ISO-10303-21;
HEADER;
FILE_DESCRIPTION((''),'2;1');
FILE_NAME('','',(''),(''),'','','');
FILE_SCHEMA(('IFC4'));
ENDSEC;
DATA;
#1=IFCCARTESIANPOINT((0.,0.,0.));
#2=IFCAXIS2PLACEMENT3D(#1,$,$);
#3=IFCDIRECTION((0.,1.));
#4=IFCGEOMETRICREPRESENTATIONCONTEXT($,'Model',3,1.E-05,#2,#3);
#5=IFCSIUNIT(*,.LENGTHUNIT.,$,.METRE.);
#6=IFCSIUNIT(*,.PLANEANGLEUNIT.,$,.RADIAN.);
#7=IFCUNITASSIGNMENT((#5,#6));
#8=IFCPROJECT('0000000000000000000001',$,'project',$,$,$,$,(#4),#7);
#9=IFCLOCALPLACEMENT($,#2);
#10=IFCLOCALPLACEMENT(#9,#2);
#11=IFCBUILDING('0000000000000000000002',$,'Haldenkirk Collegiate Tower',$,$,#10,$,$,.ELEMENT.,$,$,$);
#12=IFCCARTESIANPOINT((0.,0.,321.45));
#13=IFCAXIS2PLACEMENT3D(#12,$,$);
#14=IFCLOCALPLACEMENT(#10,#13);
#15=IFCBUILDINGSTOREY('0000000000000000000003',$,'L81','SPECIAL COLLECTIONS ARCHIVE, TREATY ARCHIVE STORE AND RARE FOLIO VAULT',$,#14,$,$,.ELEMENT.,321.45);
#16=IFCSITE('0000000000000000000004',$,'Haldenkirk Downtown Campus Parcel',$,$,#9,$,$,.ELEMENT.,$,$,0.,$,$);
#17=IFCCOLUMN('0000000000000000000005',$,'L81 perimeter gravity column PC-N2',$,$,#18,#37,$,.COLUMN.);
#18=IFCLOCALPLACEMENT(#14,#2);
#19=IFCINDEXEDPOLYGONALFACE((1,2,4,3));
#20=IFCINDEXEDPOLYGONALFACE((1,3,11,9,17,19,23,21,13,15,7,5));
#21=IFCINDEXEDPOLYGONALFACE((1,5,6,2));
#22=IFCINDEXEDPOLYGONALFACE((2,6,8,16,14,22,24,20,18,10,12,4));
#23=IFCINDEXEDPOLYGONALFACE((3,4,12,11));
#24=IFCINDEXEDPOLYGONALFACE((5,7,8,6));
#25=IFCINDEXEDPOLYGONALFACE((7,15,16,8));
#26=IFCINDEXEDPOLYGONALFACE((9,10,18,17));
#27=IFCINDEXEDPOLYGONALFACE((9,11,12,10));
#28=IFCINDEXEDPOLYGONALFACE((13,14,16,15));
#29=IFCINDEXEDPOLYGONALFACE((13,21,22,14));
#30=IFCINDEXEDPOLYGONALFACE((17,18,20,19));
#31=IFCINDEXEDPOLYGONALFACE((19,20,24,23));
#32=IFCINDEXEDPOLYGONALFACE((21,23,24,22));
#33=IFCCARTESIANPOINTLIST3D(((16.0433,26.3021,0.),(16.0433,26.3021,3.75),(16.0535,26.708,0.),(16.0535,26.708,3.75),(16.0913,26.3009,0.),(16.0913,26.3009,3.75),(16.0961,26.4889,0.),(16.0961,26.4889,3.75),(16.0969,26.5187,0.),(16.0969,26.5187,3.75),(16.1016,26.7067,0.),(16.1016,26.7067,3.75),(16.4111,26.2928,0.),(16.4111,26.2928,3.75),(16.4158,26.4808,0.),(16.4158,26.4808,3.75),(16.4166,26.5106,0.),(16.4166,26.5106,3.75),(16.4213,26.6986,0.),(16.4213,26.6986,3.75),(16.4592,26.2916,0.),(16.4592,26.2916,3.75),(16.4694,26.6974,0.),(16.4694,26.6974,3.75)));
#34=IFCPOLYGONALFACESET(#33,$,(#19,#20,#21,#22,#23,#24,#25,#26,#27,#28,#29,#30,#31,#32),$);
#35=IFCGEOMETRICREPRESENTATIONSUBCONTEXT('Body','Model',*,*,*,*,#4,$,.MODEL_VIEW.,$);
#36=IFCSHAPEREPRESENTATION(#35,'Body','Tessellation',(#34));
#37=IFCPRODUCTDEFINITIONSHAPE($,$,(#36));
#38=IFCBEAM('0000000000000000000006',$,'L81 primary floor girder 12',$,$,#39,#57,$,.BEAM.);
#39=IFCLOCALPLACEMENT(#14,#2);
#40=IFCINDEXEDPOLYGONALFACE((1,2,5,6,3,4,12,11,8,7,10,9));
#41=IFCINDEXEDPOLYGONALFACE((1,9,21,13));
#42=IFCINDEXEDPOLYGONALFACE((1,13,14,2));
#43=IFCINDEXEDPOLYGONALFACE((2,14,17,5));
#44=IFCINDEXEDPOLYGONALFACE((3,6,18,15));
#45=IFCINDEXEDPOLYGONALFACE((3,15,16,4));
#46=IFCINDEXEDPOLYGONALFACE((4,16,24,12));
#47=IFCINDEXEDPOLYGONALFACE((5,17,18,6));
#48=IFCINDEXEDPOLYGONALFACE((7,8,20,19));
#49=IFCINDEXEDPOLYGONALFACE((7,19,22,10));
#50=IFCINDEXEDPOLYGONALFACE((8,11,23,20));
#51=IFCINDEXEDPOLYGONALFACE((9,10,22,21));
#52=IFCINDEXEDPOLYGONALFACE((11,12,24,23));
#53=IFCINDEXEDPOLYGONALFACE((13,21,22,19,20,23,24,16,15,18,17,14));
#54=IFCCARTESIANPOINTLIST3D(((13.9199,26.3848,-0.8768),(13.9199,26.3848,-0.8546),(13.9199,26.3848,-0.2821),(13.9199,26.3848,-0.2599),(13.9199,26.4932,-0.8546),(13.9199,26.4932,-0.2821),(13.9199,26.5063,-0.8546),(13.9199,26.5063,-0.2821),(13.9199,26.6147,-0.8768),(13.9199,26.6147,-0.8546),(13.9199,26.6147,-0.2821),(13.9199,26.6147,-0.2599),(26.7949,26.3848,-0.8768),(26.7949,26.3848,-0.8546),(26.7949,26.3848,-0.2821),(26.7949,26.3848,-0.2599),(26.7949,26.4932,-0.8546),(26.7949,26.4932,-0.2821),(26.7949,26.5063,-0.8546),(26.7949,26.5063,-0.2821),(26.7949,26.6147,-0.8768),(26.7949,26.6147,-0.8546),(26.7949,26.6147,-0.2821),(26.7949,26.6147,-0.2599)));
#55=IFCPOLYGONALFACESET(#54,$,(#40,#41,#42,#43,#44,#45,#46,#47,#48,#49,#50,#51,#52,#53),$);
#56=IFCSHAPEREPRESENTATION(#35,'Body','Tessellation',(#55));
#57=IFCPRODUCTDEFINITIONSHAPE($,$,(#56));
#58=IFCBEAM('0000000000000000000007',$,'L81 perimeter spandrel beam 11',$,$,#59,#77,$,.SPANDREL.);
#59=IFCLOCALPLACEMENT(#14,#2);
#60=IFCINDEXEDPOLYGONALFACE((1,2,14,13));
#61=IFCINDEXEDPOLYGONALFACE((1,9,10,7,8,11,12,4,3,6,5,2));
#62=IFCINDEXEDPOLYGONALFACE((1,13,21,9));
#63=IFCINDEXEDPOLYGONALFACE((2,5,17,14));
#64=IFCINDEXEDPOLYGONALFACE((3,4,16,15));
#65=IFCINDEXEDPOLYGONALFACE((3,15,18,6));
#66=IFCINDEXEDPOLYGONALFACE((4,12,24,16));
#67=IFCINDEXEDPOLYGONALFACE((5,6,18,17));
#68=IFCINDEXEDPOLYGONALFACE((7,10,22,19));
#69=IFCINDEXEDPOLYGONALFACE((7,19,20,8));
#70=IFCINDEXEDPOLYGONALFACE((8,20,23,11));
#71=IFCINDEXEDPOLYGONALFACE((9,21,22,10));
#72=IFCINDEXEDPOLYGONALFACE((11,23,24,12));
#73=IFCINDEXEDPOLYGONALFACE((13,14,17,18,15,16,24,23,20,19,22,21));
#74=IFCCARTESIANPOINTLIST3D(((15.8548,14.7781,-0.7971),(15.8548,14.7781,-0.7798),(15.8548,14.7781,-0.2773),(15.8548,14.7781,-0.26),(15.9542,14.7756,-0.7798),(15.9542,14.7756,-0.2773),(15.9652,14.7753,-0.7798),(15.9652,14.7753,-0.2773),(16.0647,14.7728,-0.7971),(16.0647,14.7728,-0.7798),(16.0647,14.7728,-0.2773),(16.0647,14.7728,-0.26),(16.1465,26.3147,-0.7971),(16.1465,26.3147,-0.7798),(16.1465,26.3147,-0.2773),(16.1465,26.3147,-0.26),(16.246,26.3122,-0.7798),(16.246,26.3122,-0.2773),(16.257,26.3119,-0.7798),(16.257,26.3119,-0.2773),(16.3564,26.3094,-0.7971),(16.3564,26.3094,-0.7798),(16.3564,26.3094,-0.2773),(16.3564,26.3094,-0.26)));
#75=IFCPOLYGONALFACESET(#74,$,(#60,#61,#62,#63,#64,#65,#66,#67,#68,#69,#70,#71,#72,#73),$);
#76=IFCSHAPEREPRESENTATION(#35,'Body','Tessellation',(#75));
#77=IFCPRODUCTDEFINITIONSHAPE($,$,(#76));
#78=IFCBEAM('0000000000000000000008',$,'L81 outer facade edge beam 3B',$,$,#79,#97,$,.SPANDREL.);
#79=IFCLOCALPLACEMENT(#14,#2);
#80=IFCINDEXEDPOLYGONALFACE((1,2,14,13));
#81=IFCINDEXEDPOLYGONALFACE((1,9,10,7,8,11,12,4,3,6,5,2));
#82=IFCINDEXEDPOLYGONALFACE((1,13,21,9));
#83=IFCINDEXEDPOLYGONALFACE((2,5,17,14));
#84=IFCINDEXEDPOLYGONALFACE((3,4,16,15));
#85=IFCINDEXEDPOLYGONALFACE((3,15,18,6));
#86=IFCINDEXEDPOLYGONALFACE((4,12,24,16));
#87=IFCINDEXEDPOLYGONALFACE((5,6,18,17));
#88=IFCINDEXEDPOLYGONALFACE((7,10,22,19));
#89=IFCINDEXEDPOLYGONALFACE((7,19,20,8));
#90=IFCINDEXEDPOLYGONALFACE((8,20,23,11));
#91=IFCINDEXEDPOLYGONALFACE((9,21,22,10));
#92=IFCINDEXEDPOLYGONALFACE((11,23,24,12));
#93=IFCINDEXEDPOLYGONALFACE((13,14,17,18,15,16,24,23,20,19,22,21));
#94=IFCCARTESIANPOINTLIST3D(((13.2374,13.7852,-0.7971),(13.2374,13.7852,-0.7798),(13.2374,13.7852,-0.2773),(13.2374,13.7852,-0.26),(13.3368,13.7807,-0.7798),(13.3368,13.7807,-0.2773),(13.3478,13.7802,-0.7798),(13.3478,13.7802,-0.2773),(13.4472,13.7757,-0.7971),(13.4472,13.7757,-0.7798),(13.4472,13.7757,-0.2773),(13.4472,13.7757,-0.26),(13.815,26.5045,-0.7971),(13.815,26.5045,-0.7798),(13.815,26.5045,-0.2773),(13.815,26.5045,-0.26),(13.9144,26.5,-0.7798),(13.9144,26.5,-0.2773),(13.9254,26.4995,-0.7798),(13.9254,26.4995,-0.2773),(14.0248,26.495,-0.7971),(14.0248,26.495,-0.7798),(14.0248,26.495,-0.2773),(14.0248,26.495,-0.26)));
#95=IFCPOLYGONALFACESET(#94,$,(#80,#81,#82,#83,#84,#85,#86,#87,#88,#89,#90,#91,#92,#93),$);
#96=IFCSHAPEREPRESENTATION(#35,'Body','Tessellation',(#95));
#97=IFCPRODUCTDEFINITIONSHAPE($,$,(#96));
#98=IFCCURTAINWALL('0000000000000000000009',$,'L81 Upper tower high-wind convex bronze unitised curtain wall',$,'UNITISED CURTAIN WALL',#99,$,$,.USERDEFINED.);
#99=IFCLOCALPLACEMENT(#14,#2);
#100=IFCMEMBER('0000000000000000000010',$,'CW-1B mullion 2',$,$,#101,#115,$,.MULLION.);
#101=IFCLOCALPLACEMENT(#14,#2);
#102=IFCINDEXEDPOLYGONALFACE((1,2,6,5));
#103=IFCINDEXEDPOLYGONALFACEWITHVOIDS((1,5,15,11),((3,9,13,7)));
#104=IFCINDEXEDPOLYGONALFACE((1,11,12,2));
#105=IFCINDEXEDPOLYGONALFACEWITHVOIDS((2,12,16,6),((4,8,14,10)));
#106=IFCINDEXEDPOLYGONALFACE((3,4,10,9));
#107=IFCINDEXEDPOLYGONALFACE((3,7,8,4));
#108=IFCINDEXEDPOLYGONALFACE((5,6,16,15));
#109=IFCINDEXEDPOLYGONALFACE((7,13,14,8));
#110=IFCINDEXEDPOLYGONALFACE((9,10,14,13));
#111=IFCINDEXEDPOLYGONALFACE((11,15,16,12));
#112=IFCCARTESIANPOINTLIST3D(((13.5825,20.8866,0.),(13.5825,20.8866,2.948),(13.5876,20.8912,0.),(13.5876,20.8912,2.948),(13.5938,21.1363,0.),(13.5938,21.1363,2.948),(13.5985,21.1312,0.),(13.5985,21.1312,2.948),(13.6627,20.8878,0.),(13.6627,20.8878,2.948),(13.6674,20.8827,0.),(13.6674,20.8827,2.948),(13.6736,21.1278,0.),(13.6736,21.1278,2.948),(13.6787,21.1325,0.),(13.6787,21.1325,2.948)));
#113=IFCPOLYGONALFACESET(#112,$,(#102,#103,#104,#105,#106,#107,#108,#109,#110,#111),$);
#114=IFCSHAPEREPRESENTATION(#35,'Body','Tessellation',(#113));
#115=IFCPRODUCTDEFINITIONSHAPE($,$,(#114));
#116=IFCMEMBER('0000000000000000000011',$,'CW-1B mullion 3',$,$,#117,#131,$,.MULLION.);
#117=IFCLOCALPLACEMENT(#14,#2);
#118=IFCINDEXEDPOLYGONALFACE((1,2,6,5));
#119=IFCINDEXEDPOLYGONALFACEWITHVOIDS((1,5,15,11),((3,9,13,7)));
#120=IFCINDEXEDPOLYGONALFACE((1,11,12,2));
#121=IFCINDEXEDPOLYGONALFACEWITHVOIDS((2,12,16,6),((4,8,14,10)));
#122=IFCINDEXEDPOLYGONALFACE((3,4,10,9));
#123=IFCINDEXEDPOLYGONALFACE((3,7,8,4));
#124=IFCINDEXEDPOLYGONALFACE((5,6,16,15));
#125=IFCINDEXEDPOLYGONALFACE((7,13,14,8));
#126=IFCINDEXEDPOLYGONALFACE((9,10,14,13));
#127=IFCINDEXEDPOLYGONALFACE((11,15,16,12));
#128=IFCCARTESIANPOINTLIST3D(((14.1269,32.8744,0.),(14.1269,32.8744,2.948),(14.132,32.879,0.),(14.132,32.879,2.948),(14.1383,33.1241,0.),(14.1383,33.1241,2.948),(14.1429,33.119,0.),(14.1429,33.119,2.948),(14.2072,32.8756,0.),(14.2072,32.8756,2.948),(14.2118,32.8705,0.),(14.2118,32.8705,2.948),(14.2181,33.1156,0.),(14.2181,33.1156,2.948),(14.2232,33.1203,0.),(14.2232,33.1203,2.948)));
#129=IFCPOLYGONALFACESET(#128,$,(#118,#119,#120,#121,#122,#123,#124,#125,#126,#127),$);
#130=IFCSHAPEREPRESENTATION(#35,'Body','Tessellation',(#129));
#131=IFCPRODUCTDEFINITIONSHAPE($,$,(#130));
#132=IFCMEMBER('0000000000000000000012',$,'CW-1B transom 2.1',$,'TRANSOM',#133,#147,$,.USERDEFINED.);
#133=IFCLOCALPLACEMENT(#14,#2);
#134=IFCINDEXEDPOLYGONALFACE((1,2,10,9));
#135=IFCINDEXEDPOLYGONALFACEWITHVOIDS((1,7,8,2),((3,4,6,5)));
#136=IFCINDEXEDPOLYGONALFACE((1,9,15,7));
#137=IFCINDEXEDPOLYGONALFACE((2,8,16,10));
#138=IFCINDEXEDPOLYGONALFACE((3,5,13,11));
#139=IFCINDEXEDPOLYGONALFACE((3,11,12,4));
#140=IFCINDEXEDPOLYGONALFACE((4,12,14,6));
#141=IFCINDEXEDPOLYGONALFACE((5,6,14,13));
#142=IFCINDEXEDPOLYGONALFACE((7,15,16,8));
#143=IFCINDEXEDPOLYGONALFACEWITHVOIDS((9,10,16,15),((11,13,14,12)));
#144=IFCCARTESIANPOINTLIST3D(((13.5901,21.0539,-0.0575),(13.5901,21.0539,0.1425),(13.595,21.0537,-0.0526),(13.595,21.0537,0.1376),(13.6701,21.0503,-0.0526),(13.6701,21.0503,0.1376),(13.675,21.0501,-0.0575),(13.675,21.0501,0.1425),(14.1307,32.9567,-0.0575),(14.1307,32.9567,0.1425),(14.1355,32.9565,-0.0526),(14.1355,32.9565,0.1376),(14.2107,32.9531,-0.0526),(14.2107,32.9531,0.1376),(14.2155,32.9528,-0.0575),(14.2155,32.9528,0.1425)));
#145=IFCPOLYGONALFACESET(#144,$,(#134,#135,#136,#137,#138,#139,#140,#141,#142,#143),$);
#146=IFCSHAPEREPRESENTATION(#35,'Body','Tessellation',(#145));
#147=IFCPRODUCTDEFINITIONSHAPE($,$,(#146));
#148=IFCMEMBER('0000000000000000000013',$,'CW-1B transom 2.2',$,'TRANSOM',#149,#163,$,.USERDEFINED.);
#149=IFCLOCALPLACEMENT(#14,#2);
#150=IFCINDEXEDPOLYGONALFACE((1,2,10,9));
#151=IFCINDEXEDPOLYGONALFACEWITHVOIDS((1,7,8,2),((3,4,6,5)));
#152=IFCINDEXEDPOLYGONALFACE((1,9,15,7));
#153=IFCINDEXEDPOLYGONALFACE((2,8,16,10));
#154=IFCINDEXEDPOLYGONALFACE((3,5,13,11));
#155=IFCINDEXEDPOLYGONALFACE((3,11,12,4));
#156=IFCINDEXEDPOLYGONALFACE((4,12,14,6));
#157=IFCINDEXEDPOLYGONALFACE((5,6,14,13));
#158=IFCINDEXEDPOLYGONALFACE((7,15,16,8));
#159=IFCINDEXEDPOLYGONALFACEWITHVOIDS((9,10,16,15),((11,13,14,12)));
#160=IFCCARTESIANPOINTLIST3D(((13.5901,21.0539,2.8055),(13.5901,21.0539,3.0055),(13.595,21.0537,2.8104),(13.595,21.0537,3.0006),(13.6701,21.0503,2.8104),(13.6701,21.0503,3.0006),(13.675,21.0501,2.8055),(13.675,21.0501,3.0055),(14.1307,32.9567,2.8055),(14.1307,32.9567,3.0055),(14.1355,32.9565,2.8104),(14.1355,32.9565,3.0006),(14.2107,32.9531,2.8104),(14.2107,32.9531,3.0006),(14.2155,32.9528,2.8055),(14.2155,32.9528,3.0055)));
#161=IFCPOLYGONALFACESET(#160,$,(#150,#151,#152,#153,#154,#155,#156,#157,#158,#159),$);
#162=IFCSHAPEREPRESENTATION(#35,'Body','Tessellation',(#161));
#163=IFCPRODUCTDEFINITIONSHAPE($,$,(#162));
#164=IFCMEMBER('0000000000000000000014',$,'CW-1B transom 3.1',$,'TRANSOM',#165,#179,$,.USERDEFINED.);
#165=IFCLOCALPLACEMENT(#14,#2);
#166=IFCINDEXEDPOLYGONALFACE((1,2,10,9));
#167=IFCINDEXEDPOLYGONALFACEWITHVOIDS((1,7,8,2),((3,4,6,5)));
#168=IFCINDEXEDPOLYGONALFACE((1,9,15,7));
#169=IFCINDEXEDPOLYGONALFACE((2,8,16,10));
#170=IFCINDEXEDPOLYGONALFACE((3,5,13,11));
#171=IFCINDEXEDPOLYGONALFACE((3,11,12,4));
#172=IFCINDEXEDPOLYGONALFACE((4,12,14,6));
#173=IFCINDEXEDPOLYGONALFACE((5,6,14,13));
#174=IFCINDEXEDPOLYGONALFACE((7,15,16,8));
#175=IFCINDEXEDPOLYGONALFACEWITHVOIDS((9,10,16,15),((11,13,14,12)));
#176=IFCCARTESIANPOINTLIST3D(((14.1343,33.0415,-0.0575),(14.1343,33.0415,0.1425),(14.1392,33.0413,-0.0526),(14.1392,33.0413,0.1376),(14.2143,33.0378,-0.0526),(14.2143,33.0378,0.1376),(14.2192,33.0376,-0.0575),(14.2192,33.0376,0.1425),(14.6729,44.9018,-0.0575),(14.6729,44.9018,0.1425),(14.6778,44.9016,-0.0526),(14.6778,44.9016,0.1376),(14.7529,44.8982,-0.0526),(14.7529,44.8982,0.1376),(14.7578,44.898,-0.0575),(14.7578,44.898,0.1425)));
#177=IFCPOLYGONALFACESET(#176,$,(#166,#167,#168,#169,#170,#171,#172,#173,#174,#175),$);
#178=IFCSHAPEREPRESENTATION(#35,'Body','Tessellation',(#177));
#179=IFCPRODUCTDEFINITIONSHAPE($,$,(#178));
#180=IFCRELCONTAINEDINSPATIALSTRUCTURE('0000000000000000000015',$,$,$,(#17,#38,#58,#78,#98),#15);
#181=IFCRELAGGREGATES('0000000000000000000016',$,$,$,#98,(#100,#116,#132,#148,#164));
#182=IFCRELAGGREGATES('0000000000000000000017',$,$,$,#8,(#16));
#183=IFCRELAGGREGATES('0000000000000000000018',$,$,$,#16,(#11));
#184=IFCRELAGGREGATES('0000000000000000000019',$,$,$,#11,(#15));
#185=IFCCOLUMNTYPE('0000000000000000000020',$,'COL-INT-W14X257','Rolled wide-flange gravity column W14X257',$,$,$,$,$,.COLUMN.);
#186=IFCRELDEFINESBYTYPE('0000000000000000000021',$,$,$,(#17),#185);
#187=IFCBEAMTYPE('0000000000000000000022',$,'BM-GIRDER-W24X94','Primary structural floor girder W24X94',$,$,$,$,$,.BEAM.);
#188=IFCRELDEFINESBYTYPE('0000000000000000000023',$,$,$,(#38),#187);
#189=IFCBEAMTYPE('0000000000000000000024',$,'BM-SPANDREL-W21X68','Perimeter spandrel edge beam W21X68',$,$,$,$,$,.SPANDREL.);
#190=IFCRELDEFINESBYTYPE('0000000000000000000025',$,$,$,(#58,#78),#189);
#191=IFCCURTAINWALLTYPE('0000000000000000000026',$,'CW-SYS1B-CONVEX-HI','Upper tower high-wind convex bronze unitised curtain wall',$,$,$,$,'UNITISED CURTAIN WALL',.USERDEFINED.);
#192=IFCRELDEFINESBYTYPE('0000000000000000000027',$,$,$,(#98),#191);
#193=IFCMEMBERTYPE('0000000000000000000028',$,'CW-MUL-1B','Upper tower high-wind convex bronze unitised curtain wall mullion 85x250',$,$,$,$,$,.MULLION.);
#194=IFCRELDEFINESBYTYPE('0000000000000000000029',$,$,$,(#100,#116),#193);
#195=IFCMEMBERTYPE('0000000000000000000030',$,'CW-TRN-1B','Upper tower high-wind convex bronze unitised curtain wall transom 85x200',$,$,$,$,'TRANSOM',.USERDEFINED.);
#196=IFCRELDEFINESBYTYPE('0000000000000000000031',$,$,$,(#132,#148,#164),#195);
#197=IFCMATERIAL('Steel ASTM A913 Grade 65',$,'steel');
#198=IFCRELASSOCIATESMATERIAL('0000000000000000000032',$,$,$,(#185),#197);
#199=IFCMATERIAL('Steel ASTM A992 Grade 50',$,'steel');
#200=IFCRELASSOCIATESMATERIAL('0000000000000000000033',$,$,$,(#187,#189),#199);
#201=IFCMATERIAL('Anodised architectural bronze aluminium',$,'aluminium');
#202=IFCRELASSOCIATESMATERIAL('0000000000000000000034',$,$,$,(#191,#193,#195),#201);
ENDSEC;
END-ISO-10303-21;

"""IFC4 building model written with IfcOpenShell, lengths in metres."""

from ifc_helpers import new_model, si_unit, direction, frame, origin, origin_2d, place, context, subcontext, project, spatial, hollow_rectangle, i_section, extrude, material, material_profile, profile_set, type_object, element, aggregate, save


model = new_model("IFC4")

# Units and contexts
model_context = context("Model", 3, precision=1e-05, world=origin(), true_north=direction((0.0, 1.0)))
body_context = subcontext(model_context, "Body", "Model", "MODEL_VIEW")
ifc_project = project(units=[si_unit("LENGTHUNIT", "METRE"), si_unit("PLANEANGLEUNIT", "RADIAN")], contexts=[model_context])

# Site, building, storey
site_placement = place(None, origin())
site = spatial("IfcSite", under=ifc_project, at=site_placement, Name="Haldenkirk Downtown Campus Parcel", CompositionType="ELEMENT", RefElevation=0.0)
building_placement = place(site_placement, origin())
building = spatial("IfcBuilding", under=site, at=building_placement, Name="Haldenkirk Collegiate Tower", CompositionType="ELEMENT")
storey_placement = place(building_placement, frame((0.0, 0.0, 321.45)))
storey = spatial("IfcBuildingStorey", under=building, at=storey_placement, Name="L81", Description="SPECIAL COLLECTIONS ARCHIVE, TREATY ARCHIVE STORE AND RARE FOLIO VAULT", CompositionType="ELEMENT", Elevation=321.45)

# Column
ifc_material_1 = material(Name="Steel ASTM A913 Grade 65", Category="steel")
ifc_material_profile_1 = material_profile(ifc_material_1, i_section(OverallWidth=0.406, OverallDepth=0.416, WebThickness=0.0298, FlangeThickness=0.0481, at=origin_2d()), Name="W14X257")
ifc_profile_set_1 = profile_set([ifc_material_profile_1], Name="Steel ASTM A913 Grade 65")
column_type = type_object("IfcColumnType", Name="COL-INT-W14X257", Description="Rolled wide-flange gravity column W14X257", PredefinedType="COLUMN", material=ifc_profile_set_1)
column_placement = place(storey_placement, frame((16.2563, 26.4998, 0.0), z_axis=(0.0, 0.0, 1.0), x_axis=(0.025305, 0.99968, 0.0)))
element("IfcColumn", 1, at=column_placement, inside=storey, type_object=column_type, Name="L81 perimeter gravity column PC-N2", PredefinedType="COLUMN", context=body_context, shape_type="SweptSolid", body=[
    extrude(i_section(OverallWidth=0.406, OverallDepth=0.416, WebThickness=0.0298, FlangeThickness=0.0481, at=origin_2d()), origin(), (0.0, 0.0, 1.0), 3.75),
])

# Beams
ifc_material_2 = material(Name="Steel ASTM A992 Grade 50", Category="steel")
ifc_material_profile_2 = material_profile(ifc_material_2, i_section(OverallWidth=0.23, OverallDepth=0.6169, WebThickness=0.0132, FlangeThickness=0.0222, at=origin_2d()), Name="W24X94")
ifc_profile_set_2 = profile_set([ifc_material_profile_2], Name="Steel ASTM A992 Grade 50")
beam_type_1 = type_object("IfcBeamType", Name="BM-GIRDER-W24X94", Description="Primary structural floor girder W24X94", PredefinedType="BEAM", material=ifc_profile_set_2)
beam_1_placement = place(storey_placement, frame((13.9199, 26.4998, -0.5684), z_axis=(1.0, 0.0, 0.0), x_axis=(0.0, 1.0, 0.0)))
element("IfcBeam", 2, at=beam_1_placement, inside=storey, type_object=beam_type_1, Name="L81 primary floor girder 12", PredefinedType="BEAM", context=body_context, shape_type="SweptSolid", body=[
    extrude(i_section(OverallWidth=0.23, OverallDepth=0.6169, WebThickness=0.0132, FlangeThickness=0.0222, at=origin_2d()), origin(), (0.0, 0.0, 1.0), 12.875),
])
ifc_material_profile_3 = material_profile(ifc_material_2, i_section(OverallWidth=0.21, OverallDepth=0.5371, WebThickness=0.011, FlangeThickness=0.0173, at=origin_2d()), Name="W21X68")
ifc_profile_set_3 = profile_set([ifc_material_profile_3], Name="Steel ASTM A992 Grade 50")
beam_type_2 = type_object("IfcBeamType", Name="BM-SPANDREL-W21X68", Description="Perimeter spandrel edge beam W21X68", PredefinedType="SPANDREL", material=ifc_profile_set_3)
beam_2_placement = place(storey_placement, frame((16.2515, 26.312, -0.5286), z_axis=(-0.025281, -0.99968, 0.0), x_axis=(0.99968, -0.025281, 0.0)))
element("IfcBeam", 3, at=beam_2_placement, inside=storey, type_object=beam_type_2, Name="L81 perimeter spandrel beam 11", PredefinedType="SPANDREL", context=body_context, shape_type="SweptSolid", body=[
    extrude(i_section(OverallWidth=0.21, OverallDepth=0.5371, WebThickness=0.011, FlangeThickness=0.0173, at=origin_2d()), origin(), (0.0, 0.0, 1.0), 11.5403),
])
beam_3_placement = place(storey_placement, frame((13.9199, 26.4998, -0.5286), z_axis=(-0.045368, -0.99897, 0.0), x_axis=(0.99897, -0.045368, 0.0)))
element("IfcBeam", 4, at=beam_3_placement, inside=storey, type_object=beam_type_2, Name="L81 outer facade edge beam 3B", PredefinedType="SPANDREL", context=body_context, shape_type="SweptSolid", body=[
    extrude(i_section(OverallWidth=0.21, OverallDepth=0.5371, WebThickness=0.011, FlangeThickness=0.0173, at=origin_2d()), origin(), (0.0, 0.0, 1.0), 12.7324),
])

# Curtain wall, members
ifc_material_3 = material(Name="Anodised architectural bronze aluminium", Category="aluminium")
curtain_wall_type = type_object("IfcCurtainWallType", Name="CW-SYS1B-CONVEX-HI", Description="Upper tower high-wind convex bronze unitised curtain wall", ElementType="UNITISED CURTAIN WALL", PredefinedType="USERDEFINED", material=ifc_material_3)
curtain_wall_placement = place(storey_placement, origin())
curtain_wall = element("IfcCurtainWall", 5, at=curtain_wall_placement, inside=storey, type_object=curtain_wall_type, Name="L81 Upper tower high-wind convex bronze unitised curtain wall", ObjectType="UNITISED CURTAIN WALL", PredefinedType="USERDEFINED")
ifc_material_profile_4 = material_profile(ifc_material_3, hollow_rectangle(XDim=0.085, YDim=0.25, WallThickness=0.0049, at=origin_2d()), Name="CW-MUL-1B")
ifc_profile_set_4 = profile_set([ifc_material_profile_4], Name="Anodised architectural bronze aluminium")
member_type_1 = type_object("IfcMemberType", Name="CW-MUL-1B", Description="Upper tower high-wind convex bronze unitised curtain wall mullion 85x250", PredefinedType="MULLION", material=ifc_profile_set_4)
member_1_placement = place(storey_placement, frame((13.6306, 21.0095, 0.0), z_axis=(0.0, 0.0, 1.0), x_axis=(-0.998971, 0.045364, 0.0)))
member_1 = element("IfcMember", 6, at=member_1_placement, type_object=member_type_1, Name="CW-1B mullion 2", PredefinedType="MULLION", context=body_context, shape_type="SweptSolid", body=[
    extrude(hollow_rectangle(XDim=0.085, YDim=0.25, WallThickness=0.0049, at=origin_2d()), origin(), (0.0, 0.0, 1.0), 2.948),
])
member_2_placement = place(storey_placement, frame((14.175, 32.9973, 0.0), z_axis=(0.0, 0.0, 1.0), x_axis=(-0.998971, 0.045364, 0.0)))
member_2 = element("IfcMember", 7, at=member_2_placement, type_object=member_type_1, Name="CW-1B mullion 3", PredefinedType="MULLION", context=body_context, shape_type="SweptSolid", body=[
    extrude(hollow_rectangle(XDim=0.085, YDim=0.25, WallThickness=0.0049, at=origin_2d()), origin(), (0.0, 0.0, 1.0), 2.948),
])
ifc_material_profile_5 = material_profile(ifc_material_3, hollow_rectangle(XDim=0.085, YDim=0.2, WallThickness=0.0049, at=origin_2d()), Name="CW-TRN-1B")
ifc_profile_set_5 = profile_set([ifc_material_profile_5], Name="Anodised architectural bronze aluminium")
member_type_2 = type_object("IfcMemberType", Name="CW-TRN-1B", Description="Upper tower high-wind convex bronze unitised curtain wall transom 85x200", ElementType="TRANSOM", PredefinedType="USERDEFINED", material=ifc_profile_set_5)
member_3_placement = place(storey_placement, frame((13.6326, 21.052, 0.0425), z_axis=(0.045365, 0.99897, 0.0), x_axis=(-0.99897, 0.045365, 0.0)))
member_3 = element("IfcMember", 8, at=member_3_placement, type_object=member_type_2, Name="CW-1B transom 2.1", ObjectType="TRANSOM", PredefinedType="USERDEFINED", context=body_context, shape_type="SweptSolid", body=[
    extrude(hollow_rectangle(XDim=0.085, YDim=0.2, WallThickness=0.0049, at=origin_2d()), origin(), (0.0, 0.0, 1.0), 11.915),
])
member_4_placement = place(storey_placement, frame((13.6326, 21.052, 2.9055), z_axis=(0.045365, 0.99897, 0.0), x_axis=(-0.99897, 0.045365, 0.0)))
member_4 = element("IfcMember", 9, at=member_4_placement, type_object=member_type_2, Name="CW-1B transom 2.2", ObjectType="TRANSOM", PredefinedType="USERDEFINED", context=body_context, shape_type="SweptSolid", body=[
    extrude(hollow_rectangle(XDim=0.085, YDim=0.2, WallThickness=0.0049, at=origin_2d()), origin(), (0.0, 0.0, 1.0), 11.915),
])
member_5_placement = place(storey_placement, frame((14.1768, 33.0396, 0.0425), z_axis=(0.045363, 0.998971, 0.0), x_axis=(-0.998971, 0.045363, 0.0)))
member_5 = element("IfcMember", 10, at=member_5_placement, type_object=member_type_2, Name="CW-1B transom 3.1", ObjectType="TRANSOM", PredefinedType="USERDEFINED", context=body_context, shape_type="SweptSolid", body=[
    extrude(hollow_rectangle(XDim=0.085, YDim=0.2, WallThickness=0.0049, at=origin_2d()), origin(), (0.0, 0.0, 1.0), 11.8726),
])
aggregate(curtain_wall, [member_1, member_2, member_3, member_4, member_5])

save(model, "model.ifc")
